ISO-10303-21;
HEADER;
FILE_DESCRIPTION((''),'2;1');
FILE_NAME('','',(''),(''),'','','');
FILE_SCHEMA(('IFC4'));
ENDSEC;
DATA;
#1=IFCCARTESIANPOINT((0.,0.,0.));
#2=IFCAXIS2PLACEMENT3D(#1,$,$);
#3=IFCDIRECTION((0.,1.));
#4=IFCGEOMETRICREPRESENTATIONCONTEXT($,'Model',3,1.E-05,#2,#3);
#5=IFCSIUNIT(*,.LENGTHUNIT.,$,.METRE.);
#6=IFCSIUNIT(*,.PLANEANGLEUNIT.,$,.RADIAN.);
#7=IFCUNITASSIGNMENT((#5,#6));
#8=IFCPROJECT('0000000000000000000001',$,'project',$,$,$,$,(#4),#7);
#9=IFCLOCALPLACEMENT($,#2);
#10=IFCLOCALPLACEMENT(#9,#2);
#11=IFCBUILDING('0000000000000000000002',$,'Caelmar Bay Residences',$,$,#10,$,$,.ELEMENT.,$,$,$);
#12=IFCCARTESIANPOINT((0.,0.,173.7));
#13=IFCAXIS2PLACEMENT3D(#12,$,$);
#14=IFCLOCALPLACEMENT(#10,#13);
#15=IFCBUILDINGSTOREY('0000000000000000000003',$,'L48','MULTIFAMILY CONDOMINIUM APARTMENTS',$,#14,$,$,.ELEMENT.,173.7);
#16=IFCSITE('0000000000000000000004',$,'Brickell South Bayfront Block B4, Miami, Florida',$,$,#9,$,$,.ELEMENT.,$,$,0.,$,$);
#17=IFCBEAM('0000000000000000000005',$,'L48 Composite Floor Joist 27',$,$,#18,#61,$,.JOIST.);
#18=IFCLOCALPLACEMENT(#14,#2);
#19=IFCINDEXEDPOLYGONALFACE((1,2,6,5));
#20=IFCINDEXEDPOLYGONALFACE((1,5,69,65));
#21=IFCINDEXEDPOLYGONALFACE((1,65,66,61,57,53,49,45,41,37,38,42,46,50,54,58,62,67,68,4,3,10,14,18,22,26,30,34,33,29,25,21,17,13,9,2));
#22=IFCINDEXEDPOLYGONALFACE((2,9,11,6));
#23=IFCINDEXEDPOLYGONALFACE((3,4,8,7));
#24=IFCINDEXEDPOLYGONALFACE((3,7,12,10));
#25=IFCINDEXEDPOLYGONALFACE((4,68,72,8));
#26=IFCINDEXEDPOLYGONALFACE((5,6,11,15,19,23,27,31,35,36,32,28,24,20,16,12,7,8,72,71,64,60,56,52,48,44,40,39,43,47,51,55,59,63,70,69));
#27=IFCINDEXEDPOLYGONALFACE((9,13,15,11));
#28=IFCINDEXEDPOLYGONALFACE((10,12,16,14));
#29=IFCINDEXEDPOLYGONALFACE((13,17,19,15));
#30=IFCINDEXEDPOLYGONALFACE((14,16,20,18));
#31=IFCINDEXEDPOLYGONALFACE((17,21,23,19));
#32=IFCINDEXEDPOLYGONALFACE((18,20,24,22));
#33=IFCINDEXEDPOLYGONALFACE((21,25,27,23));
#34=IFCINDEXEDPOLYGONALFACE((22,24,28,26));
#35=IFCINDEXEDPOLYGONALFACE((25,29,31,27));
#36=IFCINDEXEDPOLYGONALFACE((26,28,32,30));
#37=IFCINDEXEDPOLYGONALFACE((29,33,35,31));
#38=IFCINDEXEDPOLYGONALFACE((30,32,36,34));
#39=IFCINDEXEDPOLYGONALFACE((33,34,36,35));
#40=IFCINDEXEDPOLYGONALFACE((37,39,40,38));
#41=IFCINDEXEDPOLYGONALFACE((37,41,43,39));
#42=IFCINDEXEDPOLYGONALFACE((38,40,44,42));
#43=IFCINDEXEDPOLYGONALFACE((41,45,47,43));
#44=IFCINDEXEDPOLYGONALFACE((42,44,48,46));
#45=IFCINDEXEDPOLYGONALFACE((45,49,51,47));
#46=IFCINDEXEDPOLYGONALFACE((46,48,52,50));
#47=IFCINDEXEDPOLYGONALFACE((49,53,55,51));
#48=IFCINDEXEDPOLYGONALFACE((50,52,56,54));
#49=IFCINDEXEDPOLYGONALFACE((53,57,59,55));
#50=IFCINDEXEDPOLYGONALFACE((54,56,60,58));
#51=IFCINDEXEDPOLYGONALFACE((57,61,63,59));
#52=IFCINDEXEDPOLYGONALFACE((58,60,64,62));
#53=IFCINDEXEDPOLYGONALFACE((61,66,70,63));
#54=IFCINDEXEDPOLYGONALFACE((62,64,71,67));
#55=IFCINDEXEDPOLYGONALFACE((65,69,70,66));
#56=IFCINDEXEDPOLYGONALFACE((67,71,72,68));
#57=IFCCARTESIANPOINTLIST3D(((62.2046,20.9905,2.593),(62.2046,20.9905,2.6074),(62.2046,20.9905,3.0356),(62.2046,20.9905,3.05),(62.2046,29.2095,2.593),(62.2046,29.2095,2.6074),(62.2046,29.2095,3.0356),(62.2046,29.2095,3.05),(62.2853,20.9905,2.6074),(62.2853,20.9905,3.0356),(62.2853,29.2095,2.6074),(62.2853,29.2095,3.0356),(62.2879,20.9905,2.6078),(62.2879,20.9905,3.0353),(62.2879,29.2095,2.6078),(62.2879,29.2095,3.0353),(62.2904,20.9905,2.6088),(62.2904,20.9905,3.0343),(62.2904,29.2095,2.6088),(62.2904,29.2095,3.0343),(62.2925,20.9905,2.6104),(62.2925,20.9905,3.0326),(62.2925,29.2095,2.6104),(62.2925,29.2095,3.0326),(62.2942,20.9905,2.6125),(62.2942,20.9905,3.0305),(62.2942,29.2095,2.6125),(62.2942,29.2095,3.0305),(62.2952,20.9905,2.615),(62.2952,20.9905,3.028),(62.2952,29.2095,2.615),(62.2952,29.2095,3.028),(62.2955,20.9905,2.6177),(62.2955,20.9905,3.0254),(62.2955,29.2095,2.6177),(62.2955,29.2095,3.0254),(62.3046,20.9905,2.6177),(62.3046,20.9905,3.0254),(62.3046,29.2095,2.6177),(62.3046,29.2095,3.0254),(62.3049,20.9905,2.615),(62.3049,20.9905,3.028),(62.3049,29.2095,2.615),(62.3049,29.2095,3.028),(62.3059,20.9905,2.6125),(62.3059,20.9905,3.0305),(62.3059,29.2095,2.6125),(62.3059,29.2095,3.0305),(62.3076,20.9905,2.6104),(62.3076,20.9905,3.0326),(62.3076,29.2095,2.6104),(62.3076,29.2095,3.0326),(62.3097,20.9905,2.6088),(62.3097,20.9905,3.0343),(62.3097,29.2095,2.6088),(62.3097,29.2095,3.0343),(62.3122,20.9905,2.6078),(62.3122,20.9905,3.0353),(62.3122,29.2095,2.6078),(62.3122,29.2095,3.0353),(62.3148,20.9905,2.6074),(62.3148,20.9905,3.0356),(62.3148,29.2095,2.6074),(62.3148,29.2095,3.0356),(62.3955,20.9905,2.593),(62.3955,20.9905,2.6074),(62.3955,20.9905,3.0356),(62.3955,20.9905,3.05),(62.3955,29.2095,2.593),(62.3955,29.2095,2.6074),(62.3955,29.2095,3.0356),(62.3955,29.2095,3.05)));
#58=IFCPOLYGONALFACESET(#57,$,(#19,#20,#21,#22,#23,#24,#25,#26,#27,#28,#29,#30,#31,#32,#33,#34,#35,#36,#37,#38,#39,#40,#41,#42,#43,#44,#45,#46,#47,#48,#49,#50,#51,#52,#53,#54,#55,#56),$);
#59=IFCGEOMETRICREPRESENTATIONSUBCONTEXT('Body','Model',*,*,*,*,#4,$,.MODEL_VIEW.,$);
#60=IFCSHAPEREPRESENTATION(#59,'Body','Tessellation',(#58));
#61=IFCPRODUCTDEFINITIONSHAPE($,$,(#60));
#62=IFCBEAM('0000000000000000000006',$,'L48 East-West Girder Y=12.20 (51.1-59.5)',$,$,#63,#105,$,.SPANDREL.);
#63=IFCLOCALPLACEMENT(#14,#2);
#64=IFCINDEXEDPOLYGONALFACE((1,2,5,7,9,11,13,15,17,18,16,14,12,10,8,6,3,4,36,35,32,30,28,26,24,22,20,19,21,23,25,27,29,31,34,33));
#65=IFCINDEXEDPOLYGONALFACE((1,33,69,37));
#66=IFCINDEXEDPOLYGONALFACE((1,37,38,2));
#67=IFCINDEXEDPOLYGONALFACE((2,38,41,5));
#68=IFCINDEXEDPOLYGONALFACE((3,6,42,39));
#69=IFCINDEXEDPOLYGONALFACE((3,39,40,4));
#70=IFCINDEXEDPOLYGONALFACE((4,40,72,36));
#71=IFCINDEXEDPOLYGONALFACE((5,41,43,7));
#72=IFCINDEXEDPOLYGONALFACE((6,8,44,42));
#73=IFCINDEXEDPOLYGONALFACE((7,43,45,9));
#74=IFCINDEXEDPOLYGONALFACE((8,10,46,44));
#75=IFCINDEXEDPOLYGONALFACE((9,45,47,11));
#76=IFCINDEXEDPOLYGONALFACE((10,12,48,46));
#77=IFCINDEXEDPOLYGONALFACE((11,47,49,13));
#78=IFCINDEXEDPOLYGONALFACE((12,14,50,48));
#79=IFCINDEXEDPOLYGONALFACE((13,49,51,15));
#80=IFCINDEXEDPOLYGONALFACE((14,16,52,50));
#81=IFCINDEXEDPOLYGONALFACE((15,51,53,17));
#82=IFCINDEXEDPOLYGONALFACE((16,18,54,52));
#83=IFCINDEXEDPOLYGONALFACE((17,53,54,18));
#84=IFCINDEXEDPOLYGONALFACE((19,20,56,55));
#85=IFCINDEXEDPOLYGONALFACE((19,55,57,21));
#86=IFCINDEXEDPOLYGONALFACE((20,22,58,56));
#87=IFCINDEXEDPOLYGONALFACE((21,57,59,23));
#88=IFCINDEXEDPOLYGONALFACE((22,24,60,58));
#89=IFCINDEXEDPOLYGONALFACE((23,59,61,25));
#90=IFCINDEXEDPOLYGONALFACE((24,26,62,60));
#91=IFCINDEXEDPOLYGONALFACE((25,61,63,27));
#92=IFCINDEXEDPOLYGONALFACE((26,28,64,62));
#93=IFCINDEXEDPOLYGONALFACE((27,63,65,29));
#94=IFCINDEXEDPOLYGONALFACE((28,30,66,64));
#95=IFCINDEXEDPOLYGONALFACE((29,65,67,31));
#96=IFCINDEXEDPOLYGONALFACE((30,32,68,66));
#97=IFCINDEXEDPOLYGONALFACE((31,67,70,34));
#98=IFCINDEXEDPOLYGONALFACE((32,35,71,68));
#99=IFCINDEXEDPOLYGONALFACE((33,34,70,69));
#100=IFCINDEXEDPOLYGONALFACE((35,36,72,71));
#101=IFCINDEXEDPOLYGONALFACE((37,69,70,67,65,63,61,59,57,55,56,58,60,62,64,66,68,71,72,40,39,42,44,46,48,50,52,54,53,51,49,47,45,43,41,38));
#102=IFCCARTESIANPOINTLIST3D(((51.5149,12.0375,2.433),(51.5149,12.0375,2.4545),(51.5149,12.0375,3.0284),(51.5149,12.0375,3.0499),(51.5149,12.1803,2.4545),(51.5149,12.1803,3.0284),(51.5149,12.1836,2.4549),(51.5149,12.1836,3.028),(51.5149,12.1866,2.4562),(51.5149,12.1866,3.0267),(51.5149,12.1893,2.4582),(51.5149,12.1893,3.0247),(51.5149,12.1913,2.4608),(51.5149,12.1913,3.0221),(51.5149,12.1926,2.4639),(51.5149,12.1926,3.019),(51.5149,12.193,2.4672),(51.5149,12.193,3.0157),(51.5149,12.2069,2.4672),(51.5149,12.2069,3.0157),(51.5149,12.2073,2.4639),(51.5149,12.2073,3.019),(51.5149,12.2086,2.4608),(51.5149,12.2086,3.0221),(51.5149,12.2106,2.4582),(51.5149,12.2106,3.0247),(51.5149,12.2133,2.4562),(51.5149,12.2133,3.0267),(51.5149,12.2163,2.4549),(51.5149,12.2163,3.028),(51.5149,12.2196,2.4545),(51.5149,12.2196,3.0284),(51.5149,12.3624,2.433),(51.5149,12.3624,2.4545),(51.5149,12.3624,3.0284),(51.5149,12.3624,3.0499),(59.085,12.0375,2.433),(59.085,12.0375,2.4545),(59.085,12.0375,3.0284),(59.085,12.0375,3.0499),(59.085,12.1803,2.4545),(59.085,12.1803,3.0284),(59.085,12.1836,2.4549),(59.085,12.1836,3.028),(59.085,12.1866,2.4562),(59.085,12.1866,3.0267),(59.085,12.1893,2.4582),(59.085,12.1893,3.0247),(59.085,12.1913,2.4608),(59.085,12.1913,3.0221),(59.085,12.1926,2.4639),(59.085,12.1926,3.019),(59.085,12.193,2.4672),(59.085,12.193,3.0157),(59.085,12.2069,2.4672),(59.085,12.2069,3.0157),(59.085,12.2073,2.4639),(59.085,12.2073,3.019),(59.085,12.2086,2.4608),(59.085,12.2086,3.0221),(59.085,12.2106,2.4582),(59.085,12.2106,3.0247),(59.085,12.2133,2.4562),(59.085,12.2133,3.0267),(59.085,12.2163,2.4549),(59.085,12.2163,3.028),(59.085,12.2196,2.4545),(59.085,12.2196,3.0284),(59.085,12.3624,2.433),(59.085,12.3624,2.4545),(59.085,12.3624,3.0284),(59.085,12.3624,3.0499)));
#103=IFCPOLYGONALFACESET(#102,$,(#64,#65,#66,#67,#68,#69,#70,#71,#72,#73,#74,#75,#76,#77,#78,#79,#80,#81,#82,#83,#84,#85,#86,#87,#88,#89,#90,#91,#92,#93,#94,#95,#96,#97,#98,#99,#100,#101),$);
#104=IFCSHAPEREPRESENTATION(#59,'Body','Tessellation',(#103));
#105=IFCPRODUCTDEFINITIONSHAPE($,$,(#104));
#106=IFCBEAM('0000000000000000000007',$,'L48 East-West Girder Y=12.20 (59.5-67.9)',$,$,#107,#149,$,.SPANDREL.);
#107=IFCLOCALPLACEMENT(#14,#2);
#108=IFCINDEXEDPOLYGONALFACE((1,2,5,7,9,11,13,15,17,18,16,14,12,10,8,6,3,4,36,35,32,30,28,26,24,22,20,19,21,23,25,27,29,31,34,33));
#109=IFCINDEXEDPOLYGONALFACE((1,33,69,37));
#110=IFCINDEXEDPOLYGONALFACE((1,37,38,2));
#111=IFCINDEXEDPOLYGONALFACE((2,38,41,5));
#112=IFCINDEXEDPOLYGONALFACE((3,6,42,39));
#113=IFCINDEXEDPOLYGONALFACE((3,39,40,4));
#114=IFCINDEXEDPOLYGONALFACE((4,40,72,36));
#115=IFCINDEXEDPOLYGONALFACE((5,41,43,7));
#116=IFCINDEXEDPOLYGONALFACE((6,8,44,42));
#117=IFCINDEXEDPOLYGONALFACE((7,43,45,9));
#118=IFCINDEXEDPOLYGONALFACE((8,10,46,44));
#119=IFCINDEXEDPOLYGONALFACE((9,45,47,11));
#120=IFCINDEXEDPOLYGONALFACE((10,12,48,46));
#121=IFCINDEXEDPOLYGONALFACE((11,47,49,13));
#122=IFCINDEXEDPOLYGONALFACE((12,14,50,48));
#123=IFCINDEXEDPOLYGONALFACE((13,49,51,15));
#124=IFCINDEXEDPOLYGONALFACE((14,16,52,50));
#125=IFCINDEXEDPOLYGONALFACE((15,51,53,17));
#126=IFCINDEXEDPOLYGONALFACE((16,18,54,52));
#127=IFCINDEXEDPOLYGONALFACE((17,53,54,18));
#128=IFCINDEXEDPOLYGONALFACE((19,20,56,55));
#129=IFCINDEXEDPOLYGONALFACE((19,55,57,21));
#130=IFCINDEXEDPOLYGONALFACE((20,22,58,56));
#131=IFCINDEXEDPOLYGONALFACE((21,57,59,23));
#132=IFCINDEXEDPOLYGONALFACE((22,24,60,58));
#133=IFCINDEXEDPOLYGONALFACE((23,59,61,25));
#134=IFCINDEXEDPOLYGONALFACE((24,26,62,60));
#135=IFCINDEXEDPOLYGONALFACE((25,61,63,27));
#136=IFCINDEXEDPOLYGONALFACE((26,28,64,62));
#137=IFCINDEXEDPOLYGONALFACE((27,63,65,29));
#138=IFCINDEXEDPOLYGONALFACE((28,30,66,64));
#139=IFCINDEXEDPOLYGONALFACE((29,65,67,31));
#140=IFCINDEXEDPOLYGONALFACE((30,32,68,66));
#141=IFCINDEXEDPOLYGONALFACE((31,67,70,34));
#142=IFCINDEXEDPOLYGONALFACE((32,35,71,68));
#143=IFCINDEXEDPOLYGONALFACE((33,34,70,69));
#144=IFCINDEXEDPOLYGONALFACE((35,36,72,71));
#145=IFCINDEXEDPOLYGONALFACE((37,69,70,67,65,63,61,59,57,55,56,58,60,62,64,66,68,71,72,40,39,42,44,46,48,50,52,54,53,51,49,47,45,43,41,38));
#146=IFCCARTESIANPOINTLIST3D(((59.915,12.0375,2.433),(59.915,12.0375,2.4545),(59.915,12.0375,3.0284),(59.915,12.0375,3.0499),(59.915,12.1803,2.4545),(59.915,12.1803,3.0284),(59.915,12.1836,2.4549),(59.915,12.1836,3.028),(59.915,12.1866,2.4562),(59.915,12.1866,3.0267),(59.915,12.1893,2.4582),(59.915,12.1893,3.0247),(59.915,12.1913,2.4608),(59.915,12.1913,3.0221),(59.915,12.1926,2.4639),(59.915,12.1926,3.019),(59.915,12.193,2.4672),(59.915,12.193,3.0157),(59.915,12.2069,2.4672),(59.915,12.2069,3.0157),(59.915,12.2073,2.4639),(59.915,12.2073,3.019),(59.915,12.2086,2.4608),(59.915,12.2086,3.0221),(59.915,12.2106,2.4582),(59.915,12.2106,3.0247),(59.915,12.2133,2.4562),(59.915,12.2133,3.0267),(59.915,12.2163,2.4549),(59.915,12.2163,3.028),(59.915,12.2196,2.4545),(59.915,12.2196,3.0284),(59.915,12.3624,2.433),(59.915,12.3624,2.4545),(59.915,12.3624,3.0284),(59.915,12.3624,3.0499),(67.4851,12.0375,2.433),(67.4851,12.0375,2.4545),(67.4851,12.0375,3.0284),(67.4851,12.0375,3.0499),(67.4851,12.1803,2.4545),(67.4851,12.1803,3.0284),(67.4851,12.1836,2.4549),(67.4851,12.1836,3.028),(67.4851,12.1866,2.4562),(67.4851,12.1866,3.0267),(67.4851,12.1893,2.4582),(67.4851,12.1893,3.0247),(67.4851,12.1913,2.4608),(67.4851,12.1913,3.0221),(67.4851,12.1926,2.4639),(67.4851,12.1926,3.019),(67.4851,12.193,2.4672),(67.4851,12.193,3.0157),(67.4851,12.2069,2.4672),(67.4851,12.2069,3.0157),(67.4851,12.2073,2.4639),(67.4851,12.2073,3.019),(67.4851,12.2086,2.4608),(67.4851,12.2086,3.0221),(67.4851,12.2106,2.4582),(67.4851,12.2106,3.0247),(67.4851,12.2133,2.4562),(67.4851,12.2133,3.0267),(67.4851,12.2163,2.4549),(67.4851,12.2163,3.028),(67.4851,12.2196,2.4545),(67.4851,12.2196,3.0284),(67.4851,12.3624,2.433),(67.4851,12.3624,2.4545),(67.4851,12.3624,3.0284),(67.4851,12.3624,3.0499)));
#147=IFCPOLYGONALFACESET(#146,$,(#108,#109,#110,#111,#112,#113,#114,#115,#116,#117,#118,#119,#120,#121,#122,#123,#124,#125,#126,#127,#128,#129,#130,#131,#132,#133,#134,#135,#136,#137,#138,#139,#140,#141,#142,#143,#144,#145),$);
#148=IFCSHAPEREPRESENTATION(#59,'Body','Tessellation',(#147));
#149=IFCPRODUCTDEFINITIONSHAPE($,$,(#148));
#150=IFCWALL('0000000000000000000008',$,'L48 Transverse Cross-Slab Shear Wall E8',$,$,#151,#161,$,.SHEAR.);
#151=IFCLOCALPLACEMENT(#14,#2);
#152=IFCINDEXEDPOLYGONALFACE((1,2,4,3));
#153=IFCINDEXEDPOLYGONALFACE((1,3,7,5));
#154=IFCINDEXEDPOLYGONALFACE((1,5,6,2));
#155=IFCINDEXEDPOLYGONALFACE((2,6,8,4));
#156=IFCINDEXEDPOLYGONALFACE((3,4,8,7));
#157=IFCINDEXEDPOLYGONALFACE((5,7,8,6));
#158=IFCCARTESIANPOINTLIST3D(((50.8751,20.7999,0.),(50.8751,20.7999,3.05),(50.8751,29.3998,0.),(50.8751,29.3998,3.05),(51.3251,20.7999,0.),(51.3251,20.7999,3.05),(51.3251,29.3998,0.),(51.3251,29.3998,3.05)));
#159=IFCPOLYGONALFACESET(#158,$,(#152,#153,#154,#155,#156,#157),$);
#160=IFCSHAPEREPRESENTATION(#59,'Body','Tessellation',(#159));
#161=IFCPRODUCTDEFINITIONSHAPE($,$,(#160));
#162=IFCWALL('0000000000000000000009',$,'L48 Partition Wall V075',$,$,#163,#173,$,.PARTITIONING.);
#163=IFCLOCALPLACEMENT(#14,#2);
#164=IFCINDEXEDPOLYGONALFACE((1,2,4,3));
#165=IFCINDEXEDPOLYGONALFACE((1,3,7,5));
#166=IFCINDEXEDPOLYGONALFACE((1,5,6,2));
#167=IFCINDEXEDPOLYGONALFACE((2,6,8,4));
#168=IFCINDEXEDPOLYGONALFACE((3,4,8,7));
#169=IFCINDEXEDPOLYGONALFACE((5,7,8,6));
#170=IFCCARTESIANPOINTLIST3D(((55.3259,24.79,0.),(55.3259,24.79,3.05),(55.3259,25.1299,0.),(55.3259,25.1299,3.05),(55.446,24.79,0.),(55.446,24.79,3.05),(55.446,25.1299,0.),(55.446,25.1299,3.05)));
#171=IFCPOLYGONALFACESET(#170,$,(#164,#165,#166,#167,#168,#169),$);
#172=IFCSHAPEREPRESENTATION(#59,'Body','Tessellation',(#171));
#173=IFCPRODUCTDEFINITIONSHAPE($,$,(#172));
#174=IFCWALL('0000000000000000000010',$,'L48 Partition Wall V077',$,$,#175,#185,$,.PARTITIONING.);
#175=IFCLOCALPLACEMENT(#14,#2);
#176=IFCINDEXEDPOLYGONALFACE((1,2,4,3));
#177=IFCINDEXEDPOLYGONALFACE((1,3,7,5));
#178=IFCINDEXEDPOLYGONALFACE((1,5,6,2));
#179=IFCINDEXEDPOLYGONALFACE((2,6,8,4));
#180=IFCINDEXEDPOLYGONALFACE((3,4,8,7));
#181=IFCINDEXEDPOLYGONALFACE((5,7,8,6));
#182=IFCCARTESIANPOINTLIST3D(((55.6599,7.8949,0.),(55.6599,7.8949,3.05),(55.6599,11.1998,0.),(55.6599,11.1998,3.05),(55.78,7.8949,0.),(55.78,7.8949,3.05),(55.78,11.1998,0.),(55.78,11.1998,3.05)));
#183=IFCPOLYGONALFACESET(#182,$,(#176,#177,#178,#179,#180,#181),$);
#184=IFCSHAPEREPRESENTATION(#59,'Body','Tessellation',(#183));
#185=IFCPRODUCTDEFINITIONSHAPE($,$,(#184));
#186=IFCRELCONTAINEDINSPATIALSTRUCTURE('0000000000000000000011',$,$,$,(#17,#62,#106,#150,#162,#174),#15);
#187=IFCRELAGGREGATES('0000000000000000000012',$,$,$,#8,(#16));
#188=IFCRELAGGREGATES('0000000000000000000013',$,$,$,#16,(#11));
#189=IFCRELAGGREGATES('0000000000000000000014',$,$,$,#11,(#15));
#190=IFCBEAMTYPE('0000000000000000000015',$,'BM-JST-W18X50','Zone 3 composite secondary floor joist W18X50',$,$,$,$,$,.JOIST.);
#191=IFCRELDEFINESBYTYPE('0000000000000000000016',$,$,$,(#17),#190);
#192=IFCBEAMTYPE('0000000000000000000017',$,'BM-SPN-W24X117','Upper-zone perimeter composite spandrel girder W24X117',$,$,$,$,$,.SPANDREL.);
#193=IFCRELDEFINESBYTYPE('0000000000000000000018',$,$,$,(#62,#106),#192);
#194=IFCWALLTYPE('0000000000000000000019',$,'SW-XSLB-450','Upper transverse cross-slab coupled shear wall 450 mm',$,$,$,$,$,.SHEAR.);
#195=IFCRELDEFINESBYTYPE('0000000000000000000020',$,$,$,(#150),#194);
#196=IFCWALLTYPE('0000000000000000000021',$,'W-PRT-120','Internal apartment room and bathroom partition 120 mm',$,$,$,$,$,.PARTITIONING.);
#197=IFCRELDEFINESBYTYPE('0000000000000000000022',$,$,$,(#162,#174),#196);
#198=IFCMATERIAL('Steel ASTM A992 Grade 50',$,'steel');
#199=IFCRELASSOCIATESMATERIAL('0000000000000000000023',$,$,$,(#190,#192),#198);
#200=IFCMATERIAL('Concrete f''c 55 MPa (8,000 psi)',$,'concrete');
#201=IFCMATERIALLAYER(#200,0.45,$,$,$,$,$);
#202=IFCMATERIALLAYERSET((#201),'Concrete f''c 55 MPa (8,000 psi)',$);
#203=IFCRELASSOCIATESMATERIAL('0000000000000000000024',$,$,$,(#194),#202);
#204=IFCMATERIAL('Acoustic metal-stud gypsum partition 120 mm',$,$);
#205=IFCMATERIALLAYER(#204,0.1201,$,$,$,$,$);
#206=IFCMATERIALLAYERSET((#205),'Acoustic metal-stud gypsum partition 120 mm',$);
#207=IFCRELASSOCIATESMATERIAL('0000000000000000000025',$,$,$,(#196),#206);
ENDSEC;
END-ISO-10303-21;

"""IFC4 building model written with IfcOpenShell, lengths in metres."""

from ifc_helpers import new_model, si_unit, direction, frame, frame_2d, origin, origin_2d, place, context, subcontext, project, spatial, rectangle, i_section, extrude, material, layer, layer_set, material_profile, profile_set, type_object, element, save


model = new_model("IFC4")

# Units and contexts
model_context = context("Model", 3, precision=1e-05, world=origin(), true_north=direction((0.0, 1.0)))
body_context = subcontext(model_context, "Body", "Model", "MODEL_VIEW")
ifc_project = project(units=[si_unit("LENGTHUNIT", "METRE"), si_unit("PLANEANGLEUNIT", "RADIAN")], contexts=[model_context])

# Site, building, storey
site_placement = place(None, origin())
site = spatial("IfcSite", under=ifc_project, at=site_placement, Name="Brickell South Bayfront Block B4, Miami, Florida", CompositionType="ELEMENT", RefElevation=0.0)
building_placement = place(site_placement, origin())
building = spatial("IfcBuilding", under=site, at=building_placement, Name="Caelmar Bay Residences", CompositionType="ELEMENT")
storey_placement = place(building_placement, frame((0.0, 0.0, 173.7)))
storey = spatial("IfcBuildingStorey", under=building, at=storey_placement, Name="L48", Description="MULTIFAMILY CONDOMINIUM APARTMENTS", CompositionType="ELEMENT", Elevation=173.7)

# Shared definitions
ifc_material_1 = material(Name="Concrete f'c 55 MPa (8,000 psi)", Category="concrete")

# Beams
ifc_material_2 = material(Name="Steel ASTM A992 Grade 50", Category="steel")
ifc_material_profile_1 = material_profile(ifc_material_2, i_section(OverallWidth=0.1909, OverallDepth=0.457, WebThickness=0.009, FlangeThickness=0.0144, FilletRadius=0.0103, at=origin_2d()), Name="W18X50")
ifc_profile_set_1 = profile_set([ifc_material_profile_1], Name="Steel ASTM A992 Grade 50")
beam_type_1 = type_object("IfcBeamType", Name="BM-JST-W18X50", Description="Zone 3 composite secondary floor joist W18X50", PredefinedType="JOIST", material=ifc_profile_set_1)
for number, where, z_axis, x_axis, name in (
    (1, (62.3, 20.9905, 2.8215), (0.0, 1.0, 0.0), (-1.0, 0.0, 0.0), "L48 Composite Floor Joist 27"),
):
    element("IfcBeam", number, at=place(storey_placement, frame(where, z_axis=z_axis, x_axis=x_axis)), inside=storey, type_object=beam_type_1, Name=name, PredefinedType="JOIST", context=body_context, shape_type="SweptSolid", body=[
        extrude(i_section(OverallWidth=0.1909, OverallDepth=0.457, WebThickness=0.009, FlangeThickness=0.0144, FilletRadius=0.0103, at=origin_2d()), origin(), (0.0, 0.0, 1.0), 8.219),
    ])
ifc_material_profile_2 = material_profile(ifc_material_2, i_section(OverallWidth=0.325, OverallDepth=0.6169, WebThickness=0.0139, FlangeThickness=0.0215, FilletRadius=0.0127, at=origin_2d()), Name="W24X117")
ifc_profile_set_2 = profile_set([ifc_material_profile_2], Name="Steel ASTM A992 Grade 50")
beam_type_2 = type_object("IfcBeamType", Name="BM-SPN-W24X117", Description="Upper-zone perimeter composite spandrel girder W24X117", PredefinedType="SPANDREL", material=ifc_profile_set_2)
for number, where, z_axis, x_axis, name in (
    (2, (51.5149, 12.2, 2.7415), (1.0, 0.0, 0.0), (0.0, 1.0, 0.0), "L48 East-West Girder Y=12.20 (51.1-59.5)"),
    (3, (59.915, 12.2, 2.7415), (1.0, 0.0, 0.0), (0.0, 1.0, 0.0), "L48 East-West Girder Y=12.20 (59.5-67.9)"),
):
    element("IfcBeam", number, at=place(storey_placement, frame(where, z_axis=z_axis, x_axis=x_axis)), inside=storey, type_object=beam_type_2, Name=name, PredefinedType="SPANDREL", context=body_context, shape_type="SweptSolid", body=[
        extrude(i_section(OverallWidth=0.325, OverallDepth=0.6169, WebThickness=0.0139, FlangeThickness=0.0215, FilletRadius=0.0127, at=origin_2d()), origin(), (0.0, 0.0, 1.0), 7.5701),
    ])

# Walls
ifc_layer_1 = layer(ifc_material_1, 0.45)
ifc_layer_set_1 = layer_set([ifc_layer_1], Name="Concrete f'c 55 MPa (8,000 psi)")
wall_type_1 = type_object("IfcWallType", Name="SW-XSLB-450", Description="Upper transverse cross-slab coupled shear wall 450 mm", PredefinedType="SHEAR", material=ifc_layer_set_1)
wall_1_placement = place(storey_placement, frame((51.1001, 20.8, 0.0), z_axis=(0.0, 0.0, 1.0), x_axis=(0.0, 1.0, 0.0)))
element("IfcWall", 4, at=wall_1_placement, inside=storey, type_object=wall_type_1, Name="L48 Transverse Cross-Slab Shear Wall E8", PredefinedType="SHEAR", context=body_context, shape_type="SweptSolid", body=[
    extrude(rectangle(XDim=8.5999, YDim=0.45, at=frame_2d((4.2998, 0.0))), origin(), (0.0, 0.0, 1.0), 3.05),
])
ifc_material_3 = material(Name="Acoustic metal-stud gypsum partition 120 mm")
ifc_layer_2 = layer(ifc_material_3, 0.1201)
ifc_layer_set_2 = layer_set([ifc_layer_2], Name="Acoustic metal-stud gypsum partition 120 mm")
wall_type_2 = type_object("IfcWallType", Name="W-PRT-120", Description="Internal apartment room and bathroom partition 120 mm", PredefinedType="PARTITIONING", material=ifc_layer_set_2)
wall_2_placement = place(storey_placement, frame((55.386, 24.79, 0.0), z_axis=(0.0, 0.0, 1.0), x_axis=(0.0, 1.0, 0.0)))
element("IfcWall", 5, at=wall_2_placement, inside=storey, type_object=wall_type_2, Name="L48 Partition Wall V075", PredefinedType="PARTITIONING", context=body_context, shape_type="SweptSolid", body=[
    extrude(rectangle(XDim=0.3398, YDim=0.1201, at=frame_2d((0.1699, 0.0))), origin(), (0.0, 0.0, 1.0), 3.05),
])
wall_3_placement = place(storey_placement, frame((55.72, 7.895, 0.0), z_axis=(0.0, 0.0, 1.0), x_axis=(0.0, 1.0, 0.0)))
element("IfcWall", 6, at=wall_3_placement, inside=storey, type_object=wall_type_2, Name="L48 Partition Wall V077", PredefinedType="PARTITIONING", context=body_context, shape_type="SweptSolid", body=[
    extrude(rectangle(XDim=3.3049, YDim=0.1201, at=frame_2d((1.6523, 0.0))), origin(), (0.0, 0.0, 1.0), 3.05),
])

save(model, "model.ifc")
